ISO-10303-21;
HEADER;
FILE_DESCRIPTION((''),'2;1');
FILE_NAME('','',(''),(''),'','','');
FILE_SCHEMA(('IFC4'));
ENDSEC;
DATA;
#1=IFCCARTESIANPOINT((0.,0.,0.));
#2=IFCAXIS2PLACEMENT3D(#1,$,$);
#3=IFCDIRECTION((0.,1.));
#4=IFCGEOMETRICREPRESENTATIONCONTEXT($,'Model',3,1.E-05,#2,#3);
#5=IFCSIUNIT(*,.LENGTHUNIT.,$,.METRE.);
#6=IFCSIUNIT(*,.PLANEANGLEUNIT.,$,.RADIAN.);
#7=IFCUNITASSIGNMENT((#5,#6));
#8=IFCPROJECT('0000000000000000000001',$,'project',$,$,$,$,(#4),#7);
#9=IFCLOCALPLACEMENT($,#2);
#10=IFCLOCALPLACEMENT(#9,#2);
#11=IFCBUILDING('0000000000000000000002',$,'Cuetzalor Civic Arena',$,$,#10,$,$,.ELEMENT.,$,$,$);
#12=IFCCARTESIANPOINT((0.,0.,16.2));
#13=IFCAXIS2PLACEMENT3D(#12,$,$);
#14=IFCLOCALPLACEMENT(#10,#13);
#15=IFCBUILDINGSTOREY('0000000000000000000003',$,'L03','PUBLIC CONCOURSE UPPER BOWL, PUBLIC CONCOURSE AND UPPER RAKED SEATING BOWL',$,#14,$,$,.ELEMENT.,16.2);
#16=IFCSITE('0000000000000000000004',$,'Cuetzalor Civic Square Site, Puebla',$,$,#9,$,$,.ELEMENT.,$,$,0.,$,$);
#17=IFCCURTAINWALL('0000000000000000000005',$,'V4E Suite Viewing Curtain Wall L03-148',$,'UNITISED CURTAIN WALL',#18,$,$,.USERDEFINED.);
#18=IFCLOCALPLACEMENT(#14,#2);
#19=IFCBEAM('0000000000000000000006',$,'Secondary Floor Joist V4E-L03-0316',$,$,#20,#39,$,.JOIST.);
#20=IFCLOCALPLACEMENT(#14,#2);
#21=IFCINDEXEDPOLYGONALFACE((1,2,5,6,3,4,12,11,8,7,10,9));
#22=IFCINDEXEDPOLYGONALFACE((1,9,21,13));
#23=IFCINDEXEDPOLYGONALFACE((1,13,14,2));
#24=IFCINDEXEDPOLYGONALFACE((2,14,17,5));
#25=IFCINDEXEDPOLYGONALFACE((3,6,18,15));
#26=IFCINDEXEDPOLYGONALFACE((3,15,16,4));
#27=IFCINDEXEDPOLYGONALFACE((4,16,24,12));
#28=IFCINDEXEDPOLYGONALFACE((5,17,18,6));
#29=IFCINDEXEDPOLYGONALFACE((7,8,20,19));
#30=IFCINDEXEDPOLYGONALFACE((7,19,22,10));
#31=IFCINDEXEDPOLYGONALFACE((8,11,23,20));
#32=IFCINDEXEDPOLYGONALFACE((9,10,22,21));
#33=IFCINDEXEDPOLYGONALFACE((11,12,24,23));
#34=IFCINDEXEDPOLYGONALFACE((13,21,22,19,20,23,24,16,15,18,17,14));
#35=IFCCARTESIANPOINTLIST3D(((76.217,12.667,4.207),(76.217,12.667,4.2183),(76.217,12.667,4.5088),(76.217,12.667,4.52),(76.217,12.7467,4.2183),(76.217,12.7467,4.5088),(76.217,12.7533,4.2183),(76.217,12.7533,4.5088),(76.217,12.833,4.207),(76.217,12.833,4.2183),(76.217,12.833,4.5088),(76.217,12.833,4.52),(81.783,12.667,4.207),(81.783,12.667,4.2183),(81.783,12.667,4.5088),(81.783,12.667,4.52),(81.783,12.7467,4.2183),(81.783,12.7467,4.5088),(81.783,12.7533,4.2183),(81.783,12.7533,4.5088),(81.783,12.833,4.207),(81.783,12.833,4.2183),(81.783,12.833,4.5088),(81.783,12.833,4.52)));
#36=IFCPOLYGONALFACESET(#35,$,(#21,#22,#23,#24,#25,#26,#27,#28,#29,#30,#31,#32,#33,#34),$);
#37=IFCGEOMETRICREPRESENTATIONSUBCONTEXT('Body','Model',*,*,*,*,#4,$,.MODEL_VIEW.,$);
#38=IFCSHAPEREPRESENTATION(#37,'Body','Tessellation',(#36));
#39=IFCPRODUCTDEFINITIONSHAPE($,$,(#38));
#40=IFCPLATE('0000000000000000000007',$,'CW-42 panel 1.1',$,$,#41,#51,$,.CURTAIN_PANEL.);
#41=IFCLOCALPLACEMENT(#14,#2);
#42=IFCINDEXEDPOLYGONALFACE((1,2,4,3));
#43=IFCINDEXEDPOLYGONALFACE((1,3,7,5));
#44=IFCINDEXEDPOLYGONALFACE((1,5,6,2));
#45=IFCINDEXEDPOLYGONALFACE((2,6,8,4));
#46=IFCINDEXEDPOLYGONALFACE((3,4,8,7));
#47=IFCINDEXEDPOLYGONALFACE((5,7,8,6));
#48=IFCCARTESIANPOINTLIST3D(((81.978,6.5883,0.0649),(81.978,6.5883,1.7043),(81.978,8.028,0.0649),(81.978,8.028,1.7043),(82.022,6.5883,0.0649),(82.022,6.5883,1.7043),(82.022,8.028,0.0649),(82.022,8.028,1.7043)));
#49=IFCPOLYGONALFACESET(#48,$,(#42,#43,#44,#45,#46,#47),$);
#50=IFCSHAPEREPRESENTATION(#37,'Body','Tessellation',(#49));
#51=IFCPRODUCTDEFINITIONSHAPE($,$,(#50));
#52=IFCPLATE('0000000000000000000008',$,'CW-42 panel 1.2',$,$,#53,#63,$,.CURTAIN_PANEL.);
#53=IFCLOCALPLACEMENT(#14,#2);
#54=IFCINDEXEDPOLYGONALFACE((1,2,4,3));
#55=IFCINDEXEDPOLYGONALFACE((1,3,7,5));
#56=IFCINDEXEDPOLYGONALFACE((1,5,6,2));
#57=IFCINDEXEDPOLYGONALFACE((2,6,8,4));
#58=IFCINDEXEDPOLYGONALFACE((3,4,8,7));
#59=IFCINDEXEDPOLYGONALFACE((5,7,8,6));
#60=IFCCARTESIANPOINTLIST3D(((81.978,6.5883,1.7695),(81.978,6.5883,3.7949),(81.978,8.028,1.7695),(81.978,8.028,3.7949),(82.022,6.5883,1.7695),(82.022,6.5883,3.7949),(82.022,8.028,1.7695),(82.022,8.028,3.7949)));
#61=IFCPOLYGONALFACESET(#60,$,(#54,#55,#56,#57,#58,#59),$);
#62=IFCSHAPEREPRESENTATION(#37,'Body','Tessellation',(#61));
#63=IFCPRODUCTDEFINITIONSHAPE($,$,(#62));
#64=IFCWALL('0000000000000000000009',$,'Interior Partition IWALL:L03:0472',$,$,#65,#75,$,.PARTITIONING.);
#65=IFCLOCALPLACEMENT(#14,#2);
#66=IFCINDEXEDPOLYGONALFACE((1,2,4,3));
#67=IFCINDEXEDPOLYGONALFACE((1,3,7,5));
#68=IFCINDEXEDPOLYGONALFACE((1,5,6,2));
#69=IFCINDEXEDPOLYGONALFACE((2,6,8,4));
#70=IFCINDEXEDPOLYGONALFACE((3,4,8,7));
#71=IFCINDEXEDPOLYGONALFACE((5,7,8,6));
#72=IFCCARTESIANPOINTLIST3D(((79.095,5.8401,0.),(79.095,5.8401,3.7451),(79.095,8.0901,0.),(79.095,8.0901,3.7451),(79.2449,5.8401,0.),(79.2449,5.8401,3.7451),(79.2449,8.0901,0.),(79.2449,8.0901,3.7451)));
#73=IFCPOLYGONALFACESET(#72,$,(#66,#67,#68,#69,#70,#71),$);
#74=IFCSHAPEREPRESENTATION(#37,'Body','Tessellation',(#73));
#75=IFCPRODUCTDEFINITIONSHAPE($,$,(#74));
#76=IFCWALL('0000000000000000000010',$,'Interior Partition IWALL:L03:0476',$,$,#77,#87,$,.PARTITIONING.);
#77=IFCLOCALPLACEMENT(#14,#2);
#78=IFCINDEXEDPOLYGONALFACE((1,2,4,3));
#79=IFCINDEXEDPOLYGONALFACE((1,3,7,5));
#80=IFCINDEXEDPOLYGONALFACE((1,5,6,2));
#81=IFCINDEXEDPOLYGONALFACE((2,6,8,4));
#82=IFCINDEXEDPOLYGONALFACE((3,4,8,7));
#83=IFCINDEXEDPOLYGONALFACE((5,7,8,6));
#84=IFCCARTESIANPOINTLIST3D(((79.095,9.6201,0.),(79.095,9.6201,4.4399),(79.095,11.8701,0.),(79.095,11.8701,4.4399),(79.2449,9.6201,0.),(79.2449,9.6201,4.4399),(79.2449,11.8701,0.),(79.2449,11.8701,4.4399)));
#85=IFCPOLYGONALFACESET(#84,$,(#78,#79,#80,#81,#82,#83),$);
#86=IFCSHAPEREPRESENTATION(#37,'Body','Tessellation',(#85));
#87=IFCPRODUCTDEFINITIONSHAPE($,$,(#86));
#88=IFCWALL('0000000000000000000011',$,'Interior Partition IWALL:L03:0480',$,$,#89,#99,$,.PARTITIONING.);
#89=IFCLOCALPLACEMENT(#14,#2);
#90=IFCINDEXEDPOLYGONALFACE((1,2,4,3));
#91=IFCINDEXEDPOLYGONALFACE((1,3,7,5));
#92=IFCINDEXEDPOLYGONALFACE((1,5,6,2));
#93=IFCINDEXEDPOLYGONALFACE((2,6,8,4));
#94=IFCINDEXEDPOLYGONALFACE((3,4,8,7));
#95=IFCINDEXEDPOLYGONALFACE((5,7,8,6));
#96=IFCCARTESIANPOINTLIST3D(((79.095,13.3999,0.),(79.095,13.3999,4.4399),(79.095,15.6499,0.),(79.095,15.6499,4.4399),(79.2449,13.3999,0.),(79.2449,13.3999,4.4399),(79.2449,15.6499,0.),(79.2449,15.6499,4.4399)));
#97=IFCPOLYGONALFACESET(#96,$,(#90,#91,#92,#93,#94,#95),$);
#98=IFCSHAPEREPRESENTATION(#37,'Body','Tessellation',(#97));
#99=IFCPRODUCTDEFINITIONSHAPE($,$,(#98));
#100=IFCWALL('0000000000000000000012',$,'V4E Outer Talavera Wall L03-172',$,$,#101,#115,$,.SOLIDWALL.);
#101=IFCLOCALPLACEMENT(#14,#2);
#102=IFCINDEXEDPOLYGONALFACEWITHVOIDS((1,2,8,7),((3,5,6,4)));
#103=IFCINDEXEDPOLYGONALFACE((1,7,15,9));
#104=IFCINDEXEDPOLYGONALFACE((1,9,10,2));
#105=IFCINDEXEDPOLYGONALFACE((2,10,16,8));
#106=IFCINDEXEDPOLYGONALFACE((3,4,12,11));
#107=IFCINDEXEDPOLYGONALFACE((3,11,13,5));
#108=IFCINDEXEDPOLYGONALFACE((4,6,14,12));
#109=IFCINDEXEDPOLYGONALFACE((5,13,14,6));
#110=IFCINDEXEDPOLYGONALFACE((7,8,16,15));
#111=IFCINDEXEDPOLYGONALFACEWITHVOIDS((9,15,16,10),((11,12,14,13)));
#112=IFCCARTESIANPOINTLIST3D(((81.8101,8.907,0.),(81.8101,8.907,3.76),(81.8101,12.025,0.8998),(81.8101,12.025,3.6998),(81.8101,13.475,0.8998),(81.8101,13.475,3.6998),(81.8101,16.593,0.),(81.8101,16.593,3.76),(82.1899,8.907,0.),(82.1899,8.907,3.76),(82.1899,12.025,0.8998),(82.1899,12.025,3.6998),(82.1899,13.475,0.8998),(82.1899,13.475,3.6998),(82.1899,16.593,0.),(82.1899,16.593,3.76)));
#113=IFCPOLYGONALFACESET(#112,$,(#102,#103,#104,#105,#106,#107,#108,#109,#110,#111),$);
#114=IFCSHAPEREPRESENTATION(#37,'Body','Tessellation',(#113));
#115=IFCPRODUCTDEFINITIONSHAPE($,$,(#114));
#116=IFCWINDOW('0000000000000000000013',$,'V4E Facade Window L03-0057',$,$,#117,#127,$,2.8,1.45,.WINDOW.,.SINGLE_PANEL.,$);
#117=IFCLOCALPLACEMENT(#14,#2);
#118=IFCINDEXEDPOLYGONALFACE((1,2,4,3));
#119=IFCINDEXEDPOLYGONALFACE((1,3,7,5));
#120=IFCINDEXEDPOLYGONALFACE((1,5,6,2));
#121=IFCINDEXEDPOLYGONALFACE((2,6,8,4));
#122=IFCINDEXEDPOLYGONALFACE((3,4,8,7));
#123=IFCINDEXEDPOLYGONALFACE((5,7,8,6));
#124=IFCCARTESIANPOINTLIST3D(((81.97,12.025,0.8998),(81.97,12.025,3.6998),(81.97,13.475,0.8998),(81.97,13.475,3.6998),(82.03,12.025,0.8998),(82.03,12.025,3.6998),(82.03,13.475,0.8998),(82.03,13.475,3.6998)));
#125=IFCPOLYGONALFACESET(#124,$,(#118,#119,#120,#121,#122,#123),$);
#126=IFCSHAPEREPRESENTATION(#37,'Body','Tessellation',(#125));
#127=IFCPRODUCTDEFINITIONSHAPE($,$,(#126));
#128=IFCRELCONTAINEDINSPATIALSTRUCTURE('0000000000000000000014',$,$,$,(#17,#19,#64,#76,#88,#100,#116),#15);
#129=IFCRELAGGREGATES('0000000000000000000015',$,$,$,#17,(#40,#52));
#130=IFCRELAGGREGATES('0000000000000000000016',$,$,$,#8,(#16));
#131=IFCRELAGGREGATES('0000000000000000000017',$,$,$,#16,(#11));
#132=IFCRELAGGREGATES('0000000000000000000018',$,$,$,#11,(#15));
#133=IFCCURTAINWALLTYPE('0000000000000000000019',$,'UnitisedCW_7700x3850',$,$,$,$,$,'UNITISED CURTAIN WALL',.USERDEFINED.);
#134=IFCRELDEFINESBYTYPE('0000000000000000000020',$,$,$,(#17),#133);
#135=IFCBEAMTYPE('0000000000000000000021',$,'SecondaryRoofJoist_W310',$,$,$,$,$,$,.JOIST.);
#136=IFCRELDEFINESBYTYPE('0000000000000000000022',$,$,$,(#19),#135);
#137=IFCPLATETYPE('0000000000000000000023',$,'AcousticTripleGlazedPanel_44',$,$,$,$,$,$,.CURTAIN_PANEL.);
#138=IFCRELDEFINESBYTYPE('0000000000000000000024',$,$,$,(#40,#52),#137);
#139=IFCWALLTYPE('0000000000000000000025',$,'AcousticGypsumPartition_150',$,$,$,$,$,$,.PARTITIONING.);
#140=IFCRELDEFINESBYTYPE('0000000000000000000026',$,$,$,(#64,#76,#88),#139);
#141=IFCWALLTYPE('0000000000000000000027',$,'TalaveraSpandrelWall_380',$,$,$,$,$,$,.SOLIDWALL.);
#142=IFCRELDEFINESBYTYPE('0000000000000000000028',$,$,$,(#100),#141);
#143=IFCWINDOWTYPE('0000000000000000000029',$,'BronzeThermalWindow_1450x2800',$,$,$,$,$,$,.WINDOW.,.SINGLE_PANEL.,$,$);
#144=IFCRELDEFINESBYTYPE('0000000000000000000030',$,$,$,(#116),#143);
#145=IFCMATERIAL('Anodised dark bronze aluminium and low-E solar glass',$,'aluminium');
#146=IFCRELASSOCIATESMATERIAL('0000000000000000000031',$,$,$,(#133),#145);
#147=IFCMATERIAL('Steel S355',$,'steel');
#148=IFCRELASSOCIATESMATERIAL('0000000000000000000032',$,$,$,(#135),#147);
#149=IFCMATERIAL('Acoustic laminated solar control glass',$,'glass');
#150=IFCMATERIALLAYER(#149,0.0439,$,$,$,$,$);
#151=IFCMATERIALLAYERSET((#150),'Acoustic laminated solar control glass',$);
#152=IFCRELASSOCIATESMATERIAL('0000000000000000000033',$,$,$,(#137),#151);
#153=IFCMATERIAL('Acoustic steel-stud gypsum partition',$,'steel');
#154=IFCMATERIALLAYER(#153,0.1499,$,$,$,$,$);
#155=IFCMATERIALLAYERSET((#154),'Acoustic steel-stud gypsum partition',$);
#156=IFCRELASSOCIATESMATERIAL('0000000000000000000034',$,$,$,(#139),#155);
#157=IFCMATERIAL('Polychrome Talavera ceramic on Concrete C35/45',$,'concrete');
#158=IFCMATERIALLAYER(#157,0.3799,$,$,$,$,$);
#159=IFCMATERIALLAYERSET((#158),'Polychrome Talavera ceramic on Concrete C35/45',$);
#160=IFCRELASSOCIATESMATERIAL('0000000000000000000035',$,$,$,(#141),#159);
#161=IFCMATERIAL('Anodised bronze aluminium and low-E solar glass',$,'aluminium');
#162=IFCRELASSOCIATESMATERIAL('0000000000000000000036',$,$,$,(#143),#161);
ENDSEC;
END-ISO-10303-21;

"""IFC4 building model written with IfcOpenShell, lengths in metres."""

from ifc_helpers import new_model, si_unit, direction, frame, frame_2d, origin, origin_2d, place, context, subcontext, project, spatial, rectangle, i_section, extrude, material, layer, layer_set, material_profile, profile_set, type_object, element, fill, aggregate, save


model = new_model("IFC4")

# Units and contexts
model_context = context("Model", 3, precision=1e-05, world=origin(), true_north=direction((0.0, 1.0)))
body_context = subcontext(model_context, "Body", "Model", "MODEL_VIEW")
ifc_project = project(units=[si_unit("LENGTHUNIT", "METRE"), si_unit("PLANEANGLEUNIT", "RADIAN")], contexts=[model_context])

# Site, building, storey
site_placement = place(None, origin())
site = spatial("IfcSite", under=ifc_project, at=site_placement, Name="Cuetzalor Civic Square Site, Puebla", CompositionType="ELEMENT", RefElevation=0.0)
building_placement = place(site_placement, origin())
building = spatial("IfcBuilding", under=site, at=building_placement, Name="Cuetzalor Civic Arena", CompositionType="ELEMENT")
storey_placement = place(building_placement, frame((0.0, 0.0, 16.2)))
storey = spatial("IfcBuildingStorey", under=building, at=storey_placement, Name="L03", Description="PUBLIC CONCOURSE UPPER BOWL, PUBLIC CONCOURSE AND UPPER RAKED SEATING BOWL", CompositionType="ELEMENT", Elevation=16.2)

# Curtain wall
ifc_material_1 = material(Name="Anodised dark bronze aluminium and low-E solar glass", Category="aluminium")
curtain_wall_type = type_object("IfcCurtainWallType", Name="UnitisedCW_7700x3850", ElementType="UNITISED CURTAIN WALL", PredefinedType="USERDEFINED", material=ifc_material_1)
curtain_wall_placement = place(storey_placement, origin())
curtain_wall = element("IfcCurtainWall", 1, at=curtain_wall_placement, inside=storey, type_object=curtain_wall_type, Name="V4E Suite Viewing Curtain Wall L03-148", ObjectType="UNITISED CURTAIN WALL", PredefinedType="USERDEFINED")

# Beam
ifc_material_2 = material(Name="Steel S355", Category="steel")
ifc_material_profile_1 = material_profile(ifc_material_2, i_section(OverallWidth=0.166, OverallDepth=0.313, WebThickness=0.0066, FlangeThickness=0.0112, at=origin_2d()), Name="W310x45")
ifc_profile_set_1 = profile_set([ifc_material_profile_1], Name="Steel S355")
beam_type_1 = type_object("IfcBeamType", Name="SecondaryRoofJoist_W310", PredefinedType="JOIST", material=ifc_profile_set_1)
beam_1_placement = place(storey_placement, frame((76.217, 12.75, 4.3635), z_axis=(1.0, 0.0, 0.0), x_axis=(0.0, 1.0, 0.0)))
element("IfcBeam", 2, at=beam_1_placement, inside=storey, type_object=beam_type_1, Name="Secondary Floor Joist V4E-L03-0316", PredefinedType="JOIST", context=body_context, shape_type="SweptSolid", body=[
    extrude(i_section(OverallWidth=0.166, OverallDepth=0.313, WebThickness=0.0066, FlangeThickness=0.0112, at=origin_2d()), origin(), (0.0, 0.0, 1.0), 5.5659),
])

# Plates
ifc_material_3 = material(Name="Acoustic laminated solar control glass", Category="glass")
ifc_layer_1 = layer(ifc_material_3, 0.0439)
ifc_layer_set_1 = layer_set([ifc_layer_1], Name="Acoustic laminated solar control glass")
plate_type = type_object("IfcPlateType", Name="AcousticTripleGlazedPanel_44", PredefinedType="CURTAIN_PANEL", material=ifc_layer_set_1)
plate_1_placement = place(storey_placement, frame((82.0, 7.3081, 0.0649), z_axis=(0.0, 0.0, 1.0), x_axis=(0.0, -1.0, 0.0)))
plate_1 = element("IfcPlate", 3, at=plate_1_placement, type_object=plate_type, Name="CW-42 panel 1.1", PredefinedType="CURTAIN_PANEL", context=body_context, shape_type="SweptSolid", body=[
    extrude(rectangle(XDim=1.4397, YDim=0.0439, at=origin_2d()), origin(), (0.0, 0.0, 1.0), 1.6394),
])
plate_2_placement = place(storey_placement, frame((82.0, 7.3081, 1.7695), z_axis=(0.0, 0.0, 1.0), x_axis=(0.0, -1.0, 0.0)))
plate_2 = element("IfcPlate", 4, at=plate_2_placement, type_object=plate_type, Name="CW-42 panel 1.2", PredefinedType="CURTAIN_PANEL", context=body_context, shape_type="SweptSolid", body=[
    extrude(rectangle(XDim=1.4397, YDim=0.0439, at=origin_2d()), origin(), (0.0, 0.0, 1.0), 2.0254),
])
aggregate(curtain_wall, [plate_1, plate_2])

# Shared definitions
ifc_material_4 = material(Name="Acoustic steel-stud gypsum partition", Category="steel")
ifc_layer_2 = layer(ifc_material_4, 0.1499)
ifc_layer_set_2 = layer_set([ifc_layer_2], Name="Acoustic steel-stud gypsum partition")
wall_type_1 = type_object("IfcWallType", Name="AcousticGypsumPartition_150", PredefinedType="PARTITIONING", material=ifc_layer_set_2)

# Wall
wall_1_placement = place(storey_placement, frame((79.1699, 5.8401, 0.0), z_axis=(0.0, 0.0, 1.0), x_axis=(0.0, 1.0, 0.0)))
element("IfcWall", 5, at=wall_1_placement, inside=storey, type_object=wall_type_1, Name="Interior Partition IWALL:L03:0472", PredefinedType="PARTITIONING", context=body_context, shape_type="SweptSolid", body=[
    extrude(rectangle(XDim=2.25, YDim=0.1499, at=frame_2d((1.125, 0.0))), origin(), (0.0, 0.0, 1.0), 3.7451),
])

# Wall
wall_2_placement = place(storey_placement, frame((79.1699, 9.6201, 0.0), z_axis=(0.0, 0.0, 1.0), x_axis=(0.0, 1.0, 0.0)))
element("IfcWall", 6, at=wall_2_placement, inside=storey, type_object=wall_type_1, Name="Interior Partition IWALL:L03:0476", PredefinedType="PARTITIONING", context=body_context, shape_type="SweptSolid", body=[
    extrude(rectangle(XDim=2.25, YDim=0.1499, at=frame_2d((1.125, 0.0))), origin(), (0.0, 0.0, 1.0), 4.4399),
])

# Wall
wall_3_placement = place(storey_placement, frame((79.1699, 13.3999, 0.0), z_axis=(0.0, 0.0, 1.0), x_axis=(0.0, 1.0, 0.0)))
element("IfcWall", 7, at=wall_3_placement, inside=storey, type_object=wall_type_1, Name="Interior Partition IWALL:L03:0480", PredefinedType="PARTITIONING", context=body_context, shape_type="SweptSolid", body=[
    extrude(rectangle(XDim=2.25, YDim=0.1499, at=frame_2d((1.125, 0.0))), origin(), (0.0, 0.0, 1.0), 4.4399),
])

# Wall, opening, window
ifc_material_5 = material(Name="Polychrome Talavera ceramic on Concrete C35/45", Category="concrete")
ifc_layer_3 = layer(ifc_material_5, 0.3799)
ifc_layer_set_3 = layer_set([ifc_layer_3], Name="Polychrome Talavera ceramic on Concrete C35/45")
wall_type_2 = type_object("IfcWallType", Name="TalaveraSpandrelWall_380", PredefinedType="SOLIDWALL", material=ifc_layer_set_3)
wall_4_placement = place(storey_placement, frame((82.0, 16.593, 0.0), z_axis=(0.0, 0.0, 1.0), x_axis=(0.0, -1.0, 0.0)))
wall_4 = element("IfcWall", 8, at=wall_4_placement, inside=storey, type_object=wall_type_2, Name="V4E Outer Talavera Wall L03-172", PredefinedType="SOLIDWALL", context=body_context, shape_type="SweptSolid", body=[
    extrude(rectangle(XDim=7.686, YDim=0.3799, at=frame_2d((3.843, 0.0))), origin(), (0.0, 0.0, 1.0), 3.76),
])
opening_1_placement = place(wall_4_placement, frame((3.1179, 0.0, 0.8999)))
opening_1 = element("IfcOpeningElement", 9, at=opening_1_placement, cuts=wall_4, PredefinedType="OPENING", context=body_context, shape_type="SweptSolid", body=[
    extrude(rectangle(XDim=1.45, YDim=2.8, at=frame_2d((0.7251, 1.3999))), frame((0.0, 0.2, 0.0), z_axis=(0.0, -1.0, 0.0), x_axis=(1.0, 0.0, 0.0)), (0.0, 0.0, 1.0), 0.3999),
])
ifc_material_6 = material(Name="Anodised bronze aluminium and low-E solar glass", Category="aluminium")
window_type = type_object("IfcWindowType", Name="BronzeThermalWindow_1450x2800", PartitioningType="SINGLE_PANEL", PredefinedType="WINDOW", material=ifc_material_6)
window_placement = place(opening_1_placement, origin())
window = element("IfcWindow", 10, at=window_placement, inside=storey, type_object=window_type, Name="V4E Facade Window L03-0057", OverallHeight=2.8, OverallWidth=1.45, PartitioningType="SINGLE_PANEL", PredefinedType="WINDOW", context=body_context, shape_type="SweptSolid", body=[
    extrude(rectangle(XDim=1.45, YDim=2.8, at=frame_2d((0.7251, 1.3999))), frame((0.0, 0.03, 0.0), z_axis=(0.0, -1.0, 0.0), x_axis=(1.0, 0.0, 0.0)), (0.0, 0.0, 1.0), 0.0601),
])
fill(opening_1, window)

save(model, "model.ifc")
